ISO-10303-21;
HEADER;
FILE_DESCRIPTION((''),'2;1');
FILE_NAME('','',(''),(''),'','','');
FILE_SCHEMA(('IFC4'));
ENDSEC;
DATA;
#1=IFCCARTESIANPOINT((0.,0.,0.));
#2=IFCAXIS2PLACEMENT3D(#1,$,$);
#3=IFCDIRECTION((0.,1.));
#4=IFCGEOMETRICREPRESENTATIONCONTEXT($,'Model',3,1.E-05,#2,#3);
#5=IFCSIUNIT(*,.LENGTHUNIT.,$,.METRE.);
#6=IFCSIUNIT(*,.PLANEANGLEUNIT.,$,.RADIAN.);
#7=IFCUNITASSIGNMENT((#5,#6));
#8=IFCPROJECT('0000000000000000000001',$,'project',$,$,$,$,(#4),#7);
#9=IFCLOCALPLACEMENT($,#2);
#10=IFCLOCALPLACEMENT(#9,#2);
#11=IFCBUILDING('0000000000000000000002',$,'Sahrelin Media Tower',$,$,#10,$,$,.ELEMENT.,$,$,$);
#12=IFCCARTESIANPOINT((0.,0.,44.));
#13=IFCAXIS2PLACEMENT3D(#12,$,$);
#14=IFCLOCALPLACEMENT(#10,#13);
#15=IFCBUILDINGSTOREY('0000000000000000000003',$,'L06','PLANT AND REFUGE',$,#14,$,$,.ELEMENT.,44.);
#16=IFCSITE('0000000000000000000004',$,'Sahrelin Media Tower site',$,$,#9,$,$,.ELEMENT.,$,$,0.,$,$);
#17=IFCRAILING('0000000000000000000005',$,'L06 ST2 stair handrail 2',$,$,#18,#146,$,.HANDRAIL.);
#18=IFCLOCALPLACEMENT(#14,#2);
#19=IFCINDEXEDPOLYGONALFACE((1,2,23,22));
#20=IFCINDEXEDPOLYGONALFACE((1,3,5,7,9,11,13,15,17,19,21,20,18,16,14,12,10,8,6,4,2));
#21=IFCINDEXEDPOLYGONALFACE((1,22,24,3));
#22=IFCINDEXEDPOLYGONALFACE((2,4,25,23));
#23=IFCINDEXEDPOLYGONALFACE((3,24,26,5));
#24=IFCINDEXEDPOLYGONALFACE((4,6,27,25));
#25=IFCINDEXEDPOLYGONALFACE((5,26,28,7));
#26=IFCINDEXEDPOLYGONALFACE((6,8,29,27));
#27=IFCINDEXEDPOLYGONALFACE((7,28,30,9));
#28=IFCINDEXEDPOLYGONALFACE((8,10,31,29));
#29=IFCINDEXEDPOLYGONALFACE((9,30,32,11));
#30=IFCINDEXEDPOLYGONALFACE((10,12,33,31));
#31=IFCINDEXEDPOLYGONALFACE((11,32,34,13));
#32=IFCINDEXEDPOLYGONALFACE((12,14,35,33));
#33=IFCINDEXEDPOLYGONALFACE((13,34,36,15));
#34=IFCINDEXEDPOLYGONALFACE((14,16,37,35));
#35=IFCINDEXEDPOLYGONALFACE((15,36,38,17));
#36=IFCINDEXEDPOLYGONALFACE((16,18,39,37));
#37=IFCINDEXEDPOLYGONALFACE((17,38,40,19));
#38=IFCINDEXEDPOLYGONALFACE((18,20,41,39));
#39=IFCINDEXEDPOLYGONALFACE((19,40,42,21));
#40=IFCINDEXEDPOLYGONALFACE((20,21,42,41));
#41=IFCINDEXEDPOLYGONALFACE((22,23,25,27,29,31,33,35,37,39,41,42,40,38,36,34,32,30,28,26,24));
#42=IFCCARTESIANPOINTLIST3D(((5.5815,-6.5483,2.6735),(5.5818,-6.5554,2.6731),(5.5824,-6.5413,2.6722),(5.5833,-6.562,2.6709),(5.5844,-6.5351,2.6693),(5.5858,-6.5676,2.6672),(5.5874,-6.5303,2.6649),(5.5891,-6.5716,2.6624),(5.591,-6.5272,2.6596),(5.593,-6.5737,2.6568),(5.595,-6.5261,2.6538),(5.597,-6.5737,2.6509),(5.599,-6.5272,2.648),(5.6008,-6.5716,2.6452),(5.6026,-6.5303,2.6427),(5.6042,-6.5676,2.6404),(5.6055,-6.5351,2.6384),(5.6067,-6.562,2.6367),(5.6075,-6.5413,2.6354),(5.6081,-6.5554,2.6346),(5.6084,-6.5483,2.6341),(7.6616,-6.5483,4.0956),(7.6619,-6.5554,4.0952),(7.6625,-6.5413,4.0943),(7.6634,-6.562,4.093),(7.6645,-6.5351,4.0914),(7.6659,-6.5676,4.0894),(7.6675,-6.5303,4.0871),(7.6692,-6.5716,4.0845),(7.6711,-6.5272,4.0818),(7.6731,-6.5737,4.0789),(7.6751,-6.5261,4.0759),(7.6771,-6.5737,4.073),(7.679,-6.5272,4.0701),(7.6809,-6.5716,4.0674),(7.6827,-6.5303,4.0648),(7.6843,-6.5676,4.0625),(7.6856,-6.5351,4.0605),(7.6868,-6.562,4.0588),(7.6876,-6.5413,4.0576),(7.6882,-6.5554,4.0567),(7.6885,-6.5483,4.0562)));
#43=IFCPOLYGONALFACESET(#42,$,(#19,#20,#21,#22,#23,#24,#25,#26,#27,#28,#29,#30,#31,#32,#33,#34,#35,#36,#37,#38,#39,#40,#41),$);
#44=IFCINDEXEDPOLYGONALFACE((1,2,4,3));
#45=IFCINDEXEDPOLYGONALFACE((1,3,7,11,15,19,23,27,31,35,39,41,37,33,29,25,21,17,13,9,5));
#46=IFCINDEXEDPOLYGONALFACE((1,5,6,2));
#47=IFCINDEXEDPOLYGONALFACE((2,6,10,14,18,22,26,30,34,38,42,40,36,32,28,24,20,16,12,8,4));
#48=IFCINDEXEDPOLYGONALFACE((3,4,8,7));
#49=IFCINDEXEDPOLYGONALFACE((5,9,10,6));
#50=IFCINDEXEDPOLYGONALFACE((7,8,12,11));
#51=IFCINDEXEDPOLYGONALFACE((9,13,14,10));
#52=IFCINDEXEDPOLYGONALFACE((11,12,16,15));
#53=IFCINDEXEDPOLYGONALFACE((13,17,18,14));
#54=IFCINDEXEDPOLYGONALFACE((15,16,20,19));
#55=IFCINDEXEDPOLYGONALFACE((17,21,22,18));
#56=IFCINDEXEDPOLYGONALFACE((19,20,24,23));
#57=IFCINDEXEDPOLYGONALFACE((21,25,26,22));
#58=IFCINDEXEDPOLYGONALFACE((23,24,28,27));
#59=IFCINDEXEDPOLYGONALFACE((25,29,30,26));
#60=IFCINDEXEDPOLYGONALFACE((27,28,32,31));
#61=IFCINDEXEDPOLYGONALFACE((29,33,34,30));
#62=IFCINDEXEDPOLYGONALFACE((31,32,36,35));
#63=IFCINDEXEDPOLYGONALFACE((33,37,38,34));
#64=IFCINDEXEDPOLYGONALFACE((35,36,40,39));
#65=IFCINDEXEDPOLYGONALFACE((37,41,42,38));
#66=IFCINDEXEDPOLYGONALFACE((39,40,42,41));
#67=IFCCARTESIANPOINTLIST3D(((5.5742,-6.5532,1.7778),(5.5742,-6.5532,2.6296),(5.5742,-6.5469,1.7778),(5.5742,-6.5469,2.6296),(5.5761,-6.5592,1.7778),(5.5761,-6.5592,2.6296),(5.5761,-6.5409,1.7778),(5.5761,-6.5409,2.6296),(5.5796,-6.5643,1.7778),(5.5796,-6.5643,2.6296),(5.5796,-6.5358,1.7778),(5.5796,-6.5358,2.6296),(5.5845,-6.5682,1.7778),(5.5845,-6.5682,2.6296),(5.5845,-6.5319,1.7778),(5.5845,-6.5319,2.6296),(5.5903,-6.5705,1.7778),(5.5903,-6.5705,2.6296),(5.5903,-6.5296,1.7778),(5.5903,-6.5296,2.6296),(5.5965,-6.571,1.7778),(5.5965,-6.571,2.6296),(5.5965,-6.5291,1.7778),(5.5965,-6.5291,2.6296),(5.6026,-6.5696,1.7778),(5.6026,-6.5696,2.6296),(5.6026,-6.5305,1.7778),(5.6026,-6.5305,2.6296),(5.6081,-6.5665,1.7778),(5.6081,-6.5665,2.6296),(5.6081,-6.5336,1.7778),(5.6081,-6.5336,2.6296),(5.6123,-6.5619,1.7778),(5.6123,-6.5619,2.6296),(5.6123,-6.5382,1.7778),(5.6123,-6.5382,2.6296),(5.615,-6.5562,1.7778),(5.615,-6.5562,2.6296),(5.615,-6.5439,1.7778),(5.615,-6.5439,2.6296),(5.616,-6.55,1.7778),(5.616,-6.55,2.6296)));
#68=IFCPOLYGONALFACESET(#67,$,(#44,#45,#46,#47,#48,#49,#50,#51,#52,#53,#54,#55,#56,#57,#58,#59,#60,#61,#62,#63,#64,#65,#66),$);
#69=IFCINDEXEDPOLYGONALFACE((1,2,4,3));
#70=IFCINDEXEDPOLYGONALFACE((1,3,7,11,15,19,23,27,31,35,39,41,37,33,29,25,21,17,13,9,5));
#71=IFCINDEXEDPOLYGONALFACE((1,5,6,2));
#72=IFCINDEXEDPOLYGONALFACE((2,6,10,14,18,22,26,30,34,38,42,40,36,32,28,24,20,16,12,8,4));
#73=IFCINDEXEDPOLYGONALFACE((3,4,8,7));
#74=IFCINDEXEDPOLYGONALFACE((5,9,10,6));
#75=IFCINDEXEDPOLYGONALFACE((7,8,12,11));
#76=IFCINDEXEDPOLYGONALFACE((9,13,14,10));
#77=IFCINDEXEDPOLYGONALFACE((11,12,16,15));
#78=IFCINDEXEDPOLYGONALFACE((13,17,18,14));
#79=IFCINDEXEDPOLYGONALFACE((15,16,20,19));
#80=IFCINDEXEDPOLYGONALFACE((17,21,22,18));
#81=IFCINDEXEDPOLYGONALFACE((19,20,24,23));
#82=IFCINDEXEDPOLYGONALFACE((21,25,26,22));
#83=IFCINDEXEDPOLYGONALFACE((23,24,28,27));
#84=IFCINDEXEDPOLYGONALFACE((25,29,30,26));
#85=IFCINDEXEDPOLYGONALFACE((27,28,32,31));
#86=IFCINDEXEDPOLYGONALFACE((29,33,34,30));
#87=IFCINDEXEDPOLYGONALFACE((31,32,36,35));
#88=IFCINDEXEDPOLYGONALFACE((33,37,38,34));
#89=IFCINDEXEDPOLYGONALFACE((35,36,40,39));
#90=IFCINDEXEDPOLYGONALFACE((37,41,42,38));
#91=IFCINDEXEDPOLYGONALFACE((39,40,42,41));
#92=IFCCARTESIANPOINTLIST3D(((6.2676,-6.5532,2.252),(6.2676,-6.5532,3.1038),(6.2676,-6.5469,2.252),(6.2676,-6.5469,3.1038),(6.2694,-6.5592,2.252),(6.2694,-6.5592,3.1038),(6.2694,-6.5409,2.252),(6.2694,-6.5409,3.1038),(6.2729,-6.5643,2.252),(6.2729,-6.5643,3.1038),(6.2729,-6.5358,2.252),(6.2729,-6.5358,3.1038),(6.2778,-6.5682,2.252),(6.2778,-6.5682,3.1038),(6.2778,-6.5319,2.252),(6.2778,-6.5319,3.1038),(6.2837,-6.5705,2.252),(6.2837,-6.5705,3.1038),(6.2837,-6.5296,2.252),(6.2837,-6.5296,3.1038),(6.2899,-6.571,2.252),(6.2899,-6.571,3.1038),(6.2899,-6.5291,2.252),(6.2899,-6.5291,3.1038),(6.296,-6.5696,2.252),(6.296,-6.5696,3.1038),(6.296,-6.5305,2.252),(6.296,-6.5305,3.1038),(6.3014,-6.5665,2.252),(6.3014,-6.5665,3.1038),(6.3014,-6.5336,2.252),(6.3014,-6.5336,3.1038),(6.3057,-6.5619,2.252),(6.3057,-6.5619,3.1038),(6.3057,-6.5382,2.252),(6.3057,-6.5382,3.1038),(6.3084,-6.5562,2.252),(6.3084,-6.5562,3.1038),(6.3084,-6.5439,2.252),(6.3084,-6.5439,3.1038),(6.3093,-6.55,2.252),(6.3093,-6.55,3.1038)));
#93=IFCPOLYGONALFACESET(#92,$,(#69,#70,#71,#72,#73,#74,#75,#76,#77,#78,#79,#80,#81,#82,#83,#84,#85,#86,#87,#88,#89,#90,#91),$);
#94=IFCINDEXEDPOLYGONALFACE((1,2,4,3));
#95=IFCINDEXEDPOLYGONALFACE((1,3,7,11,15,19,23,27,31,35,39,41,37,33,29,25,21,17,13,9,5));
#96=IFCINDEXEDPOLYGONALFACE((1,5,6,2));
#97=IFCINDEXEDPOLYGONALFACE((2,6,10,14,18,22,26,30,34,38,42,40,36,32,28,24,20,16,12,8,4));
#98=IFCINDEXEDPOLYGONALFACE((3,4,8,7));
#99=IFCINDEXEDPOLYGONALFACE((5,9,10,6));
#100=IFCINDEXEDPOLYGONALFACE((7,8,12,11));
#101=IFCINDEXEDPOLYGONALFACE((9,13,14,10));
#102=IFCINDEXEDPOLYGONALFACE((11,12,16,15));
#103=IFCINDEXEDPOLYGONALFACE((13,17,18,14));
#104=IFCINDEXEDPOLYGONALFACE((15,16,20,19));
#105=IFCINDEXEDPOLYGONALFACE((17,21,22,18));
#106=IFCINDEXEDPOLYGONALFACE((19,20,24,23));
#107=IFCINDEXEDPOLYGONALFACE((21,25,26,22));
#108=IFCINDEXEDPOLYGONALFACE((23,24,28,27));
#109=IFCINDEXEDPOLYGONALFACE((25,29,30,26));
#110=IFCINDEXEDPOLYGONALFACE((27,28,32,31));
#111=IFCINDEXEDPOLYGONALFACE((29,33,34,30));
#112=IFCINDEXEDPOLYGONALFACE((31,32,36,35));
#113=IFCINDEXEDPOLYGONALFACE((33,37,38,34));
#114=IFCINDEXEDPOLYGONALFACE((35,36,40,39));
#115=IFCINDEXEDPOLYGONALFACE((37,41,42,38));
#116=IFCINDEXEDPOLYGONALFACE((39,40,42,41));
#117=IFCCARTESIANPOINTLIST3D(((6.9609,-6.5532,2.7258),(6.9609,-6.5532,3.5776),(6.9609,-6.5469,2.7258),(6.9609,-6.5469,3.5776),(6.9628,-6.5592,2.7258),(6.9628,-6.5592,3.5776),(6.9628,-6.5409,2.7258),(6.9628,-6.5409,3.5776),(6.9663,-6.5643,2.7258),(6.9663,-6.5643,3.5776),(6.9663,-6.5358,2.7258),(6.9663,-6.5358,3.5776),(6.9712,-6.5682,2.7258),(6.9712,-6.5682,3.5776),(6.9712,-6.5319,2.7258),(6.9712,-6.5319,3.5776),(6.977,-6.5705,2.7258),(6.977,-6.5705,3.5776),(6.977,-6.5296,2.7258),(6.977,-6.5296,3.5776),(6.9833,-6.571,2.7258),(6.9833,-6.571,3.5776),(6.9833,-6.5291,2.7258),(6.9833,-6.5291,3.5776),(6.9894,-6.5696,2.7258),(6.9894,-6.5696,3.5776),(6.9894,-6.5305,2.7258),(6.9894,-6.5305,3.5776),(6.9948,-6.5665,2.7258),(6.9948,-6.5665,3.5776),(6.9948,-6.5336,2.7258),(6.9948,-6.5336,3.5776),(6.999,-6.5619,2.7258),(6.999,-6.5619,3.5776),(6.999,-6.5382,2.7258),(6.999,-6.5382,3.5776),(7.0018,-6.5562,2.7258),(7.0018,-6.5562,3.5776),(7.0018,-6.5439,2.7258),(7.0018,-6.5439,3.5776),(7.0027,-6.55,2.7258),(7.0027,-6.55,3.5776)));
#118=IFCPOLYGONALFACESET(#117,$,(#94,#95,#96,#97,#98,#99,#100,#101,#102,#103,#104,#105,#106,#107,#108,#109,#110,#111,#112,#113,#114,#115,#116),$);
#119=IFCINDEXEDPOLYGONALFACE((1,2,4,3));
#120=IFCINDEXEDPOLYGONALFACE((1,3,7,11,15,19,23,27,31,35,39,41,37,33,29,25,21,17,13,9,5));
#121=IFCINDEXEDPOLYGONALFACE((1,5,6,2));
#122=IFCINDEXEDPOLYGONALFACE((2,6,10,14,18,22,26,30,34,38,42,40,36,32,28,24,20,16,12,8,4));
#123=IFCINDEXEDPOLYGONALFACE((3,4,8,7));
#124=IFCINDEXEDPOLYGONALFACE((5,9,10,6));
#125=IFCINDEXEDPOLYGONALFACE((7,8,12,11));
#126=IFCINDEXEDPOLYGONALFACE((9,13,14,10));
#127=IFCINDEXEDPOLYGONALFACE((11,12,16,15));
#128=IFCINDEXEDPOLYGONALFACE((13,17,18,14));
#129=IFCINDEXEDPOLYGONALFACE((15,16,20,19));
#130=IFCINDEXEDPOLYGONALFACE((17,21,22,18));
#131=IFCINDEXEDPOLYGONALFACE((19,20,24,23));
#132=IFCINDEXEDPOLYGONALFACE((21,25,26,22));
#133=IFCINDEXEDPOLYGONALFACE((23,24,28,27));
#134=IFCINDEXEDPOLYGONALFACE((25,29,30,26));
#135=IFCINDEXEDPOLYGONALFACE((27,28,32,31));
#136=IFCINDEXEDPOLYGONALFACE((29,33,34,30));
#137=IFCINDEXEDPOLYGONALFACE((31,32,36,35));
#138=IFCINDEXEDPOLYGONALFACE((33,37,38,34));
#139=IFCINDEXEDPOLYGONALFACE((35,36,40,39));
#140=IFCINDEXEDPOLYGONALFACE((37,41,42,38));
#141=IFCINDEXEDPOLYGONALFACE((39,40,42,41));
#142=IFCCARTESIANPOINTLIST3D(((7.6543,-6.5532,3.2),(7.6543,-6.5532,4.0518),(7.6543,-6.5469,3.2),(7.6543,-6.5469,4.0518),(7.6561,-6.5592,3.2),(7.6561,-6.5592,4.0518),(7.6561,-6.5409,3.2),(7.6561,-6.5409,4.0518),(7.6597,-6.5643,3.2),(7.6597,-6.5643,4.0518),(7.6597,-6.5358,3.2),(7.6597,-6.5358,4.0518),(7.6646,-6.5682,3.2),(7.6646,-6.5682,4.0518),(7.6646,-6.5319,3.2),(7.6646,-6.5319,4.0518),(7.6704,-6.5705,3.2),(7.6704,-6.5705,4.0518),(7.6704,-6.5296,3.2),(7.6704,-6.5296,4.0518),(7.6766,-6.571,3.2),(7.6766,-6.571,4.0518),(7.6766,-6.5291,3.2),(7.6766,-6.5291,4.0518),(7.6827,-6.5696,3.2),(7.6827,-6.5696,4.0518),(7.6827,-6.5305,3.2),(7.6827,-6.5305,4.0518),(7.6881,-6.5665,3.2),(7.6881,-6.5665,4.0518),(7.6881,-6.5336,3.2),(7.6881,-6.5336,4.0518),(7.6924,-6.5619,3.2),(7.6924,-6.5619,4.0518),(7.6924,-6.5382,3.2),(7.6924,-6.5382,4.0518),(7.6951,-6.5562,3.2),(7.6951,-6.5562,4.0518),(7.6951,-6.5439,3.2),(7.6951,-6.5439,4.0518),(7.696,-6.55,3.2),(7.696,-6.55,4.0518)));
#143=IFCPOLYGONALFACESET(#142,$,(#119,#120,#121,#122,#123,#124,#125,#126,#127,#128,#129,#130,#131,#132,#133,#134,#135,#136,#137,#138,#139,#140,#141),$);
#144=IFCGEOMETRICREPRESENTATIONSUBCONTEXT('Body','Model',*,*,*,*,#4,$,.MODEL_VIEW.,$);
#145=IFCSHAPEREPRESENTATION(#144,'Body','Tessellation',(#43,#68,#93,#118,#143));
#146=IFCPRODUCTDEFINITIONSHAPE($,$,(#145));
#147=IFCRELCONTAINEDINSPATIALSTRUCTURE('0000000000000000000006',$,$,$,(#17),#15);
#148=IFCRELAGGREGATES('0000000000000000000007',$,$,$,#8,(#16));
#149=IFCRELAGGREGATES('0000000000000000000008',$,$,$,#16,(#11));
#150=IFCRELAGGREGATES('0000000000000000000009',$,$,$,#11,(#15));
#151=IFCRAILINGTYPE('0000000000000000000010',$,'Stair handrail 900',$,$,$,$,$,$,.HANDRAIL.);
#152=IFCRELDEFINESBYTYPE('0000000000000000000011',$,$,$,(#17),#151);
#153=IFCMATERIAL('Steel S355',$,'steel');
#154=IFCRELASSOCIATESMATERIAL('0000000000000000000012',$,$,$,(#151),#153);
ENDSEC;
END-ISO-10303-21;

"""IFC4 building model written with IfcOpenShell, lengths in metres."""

from ifc_helpers import new_model, si_unit, direction, frame, origin, origin_2d, place, context, subcontext, project, spatial, circle, extrude, material, type_object, element, save


model = new_model("IFC4")

# Units and contexts
model_context = context("Model", 3, precision=1e-05, world=origin(), true_north=direction((0.0, 1.0)))
body_context = subcontext(model_context, "Body", "Model", "MODEL_VIEW")
ifc_project = project(units=[si_unit("LENGTHUNIT", "METRE"), si_unit("PLANEANGLEUNIT", "RADIAN")], contexts=[model_context])

# Site, building, storey
site_placement = place(None, origin())
site = spatial("IfcSite", under=ifc_project, at=site_placement, Name="Sahrelin Media Tower site", CompositionType="ELEMENT", RefElevation=0.0)
building_placement = place(site_placement, origin())
building = spatial("IfcBuilding", under=site, at=building_placement, Name="Sahrelin Media Tower", CompositionType="ELEMENT")
storey_placement = place(building_placement, frame((0.0, 0.0, 44.0)))
storey = spatial("IfcBuildingStorey", under=building, at=storey_placement, Name="L06", Description="PLANT AND REFUGE", CompositionType="ELEMENT", Elevation=44.0)

# Shared definitions
ifc_material_1 = material(Name="Steel S355", Category="steel")

# Railing
railing_type_1 = type_object("IfcRailingType", Name="Stair handrail 900", PredefinedType="HANDRAIL", material=ifc_material_1)
for number, where, name in (
    (1, (5.595, -6.55, 1.7778), "L06 ST2 stair handrail 2"),
):
    element("IfcRailing", number, at=place(storey_placement, frame(where)), inside=storey, type_object=railing_type_1, Name=name, PredefinedType="HANDRAIL", context=body_context, shape_type="SweptSolid", body=[
        extrude(circle(Radius=0.0239, at=origin_2d()), frame((0.0, 0.0, 0.876), z_axis=(0.825509, 0.0, 0.564389), x_axis=(0.0, 1.0, 0.0)), (0.0, 0.0, 1.0), 2.5198),
        extrude(circle(Radius=0.021, at=origin_2d()), origin(), (0.0, 0.0, 1.0), 0.8518),
        extrude(circle(Radius=0.021, at=origin_2d()), frame((0.6934, 0.0, 0.4741)), (0.0, 0.0, 1.0), 0.8518),
        extrude(circle(Radius=0.021, at=origin_2d()), frame((1.3867, 0.0, 0.948)), (0.0, 0.0, 1.0), 0.8518),
        extrude(circle(Radius=0.021, at=origin_2d()), frame((2.0801, 0.0, 1.4221)), (0.0, 0.0, 1.0), 0.8518),
    ])

save(model, "model.ifc")
